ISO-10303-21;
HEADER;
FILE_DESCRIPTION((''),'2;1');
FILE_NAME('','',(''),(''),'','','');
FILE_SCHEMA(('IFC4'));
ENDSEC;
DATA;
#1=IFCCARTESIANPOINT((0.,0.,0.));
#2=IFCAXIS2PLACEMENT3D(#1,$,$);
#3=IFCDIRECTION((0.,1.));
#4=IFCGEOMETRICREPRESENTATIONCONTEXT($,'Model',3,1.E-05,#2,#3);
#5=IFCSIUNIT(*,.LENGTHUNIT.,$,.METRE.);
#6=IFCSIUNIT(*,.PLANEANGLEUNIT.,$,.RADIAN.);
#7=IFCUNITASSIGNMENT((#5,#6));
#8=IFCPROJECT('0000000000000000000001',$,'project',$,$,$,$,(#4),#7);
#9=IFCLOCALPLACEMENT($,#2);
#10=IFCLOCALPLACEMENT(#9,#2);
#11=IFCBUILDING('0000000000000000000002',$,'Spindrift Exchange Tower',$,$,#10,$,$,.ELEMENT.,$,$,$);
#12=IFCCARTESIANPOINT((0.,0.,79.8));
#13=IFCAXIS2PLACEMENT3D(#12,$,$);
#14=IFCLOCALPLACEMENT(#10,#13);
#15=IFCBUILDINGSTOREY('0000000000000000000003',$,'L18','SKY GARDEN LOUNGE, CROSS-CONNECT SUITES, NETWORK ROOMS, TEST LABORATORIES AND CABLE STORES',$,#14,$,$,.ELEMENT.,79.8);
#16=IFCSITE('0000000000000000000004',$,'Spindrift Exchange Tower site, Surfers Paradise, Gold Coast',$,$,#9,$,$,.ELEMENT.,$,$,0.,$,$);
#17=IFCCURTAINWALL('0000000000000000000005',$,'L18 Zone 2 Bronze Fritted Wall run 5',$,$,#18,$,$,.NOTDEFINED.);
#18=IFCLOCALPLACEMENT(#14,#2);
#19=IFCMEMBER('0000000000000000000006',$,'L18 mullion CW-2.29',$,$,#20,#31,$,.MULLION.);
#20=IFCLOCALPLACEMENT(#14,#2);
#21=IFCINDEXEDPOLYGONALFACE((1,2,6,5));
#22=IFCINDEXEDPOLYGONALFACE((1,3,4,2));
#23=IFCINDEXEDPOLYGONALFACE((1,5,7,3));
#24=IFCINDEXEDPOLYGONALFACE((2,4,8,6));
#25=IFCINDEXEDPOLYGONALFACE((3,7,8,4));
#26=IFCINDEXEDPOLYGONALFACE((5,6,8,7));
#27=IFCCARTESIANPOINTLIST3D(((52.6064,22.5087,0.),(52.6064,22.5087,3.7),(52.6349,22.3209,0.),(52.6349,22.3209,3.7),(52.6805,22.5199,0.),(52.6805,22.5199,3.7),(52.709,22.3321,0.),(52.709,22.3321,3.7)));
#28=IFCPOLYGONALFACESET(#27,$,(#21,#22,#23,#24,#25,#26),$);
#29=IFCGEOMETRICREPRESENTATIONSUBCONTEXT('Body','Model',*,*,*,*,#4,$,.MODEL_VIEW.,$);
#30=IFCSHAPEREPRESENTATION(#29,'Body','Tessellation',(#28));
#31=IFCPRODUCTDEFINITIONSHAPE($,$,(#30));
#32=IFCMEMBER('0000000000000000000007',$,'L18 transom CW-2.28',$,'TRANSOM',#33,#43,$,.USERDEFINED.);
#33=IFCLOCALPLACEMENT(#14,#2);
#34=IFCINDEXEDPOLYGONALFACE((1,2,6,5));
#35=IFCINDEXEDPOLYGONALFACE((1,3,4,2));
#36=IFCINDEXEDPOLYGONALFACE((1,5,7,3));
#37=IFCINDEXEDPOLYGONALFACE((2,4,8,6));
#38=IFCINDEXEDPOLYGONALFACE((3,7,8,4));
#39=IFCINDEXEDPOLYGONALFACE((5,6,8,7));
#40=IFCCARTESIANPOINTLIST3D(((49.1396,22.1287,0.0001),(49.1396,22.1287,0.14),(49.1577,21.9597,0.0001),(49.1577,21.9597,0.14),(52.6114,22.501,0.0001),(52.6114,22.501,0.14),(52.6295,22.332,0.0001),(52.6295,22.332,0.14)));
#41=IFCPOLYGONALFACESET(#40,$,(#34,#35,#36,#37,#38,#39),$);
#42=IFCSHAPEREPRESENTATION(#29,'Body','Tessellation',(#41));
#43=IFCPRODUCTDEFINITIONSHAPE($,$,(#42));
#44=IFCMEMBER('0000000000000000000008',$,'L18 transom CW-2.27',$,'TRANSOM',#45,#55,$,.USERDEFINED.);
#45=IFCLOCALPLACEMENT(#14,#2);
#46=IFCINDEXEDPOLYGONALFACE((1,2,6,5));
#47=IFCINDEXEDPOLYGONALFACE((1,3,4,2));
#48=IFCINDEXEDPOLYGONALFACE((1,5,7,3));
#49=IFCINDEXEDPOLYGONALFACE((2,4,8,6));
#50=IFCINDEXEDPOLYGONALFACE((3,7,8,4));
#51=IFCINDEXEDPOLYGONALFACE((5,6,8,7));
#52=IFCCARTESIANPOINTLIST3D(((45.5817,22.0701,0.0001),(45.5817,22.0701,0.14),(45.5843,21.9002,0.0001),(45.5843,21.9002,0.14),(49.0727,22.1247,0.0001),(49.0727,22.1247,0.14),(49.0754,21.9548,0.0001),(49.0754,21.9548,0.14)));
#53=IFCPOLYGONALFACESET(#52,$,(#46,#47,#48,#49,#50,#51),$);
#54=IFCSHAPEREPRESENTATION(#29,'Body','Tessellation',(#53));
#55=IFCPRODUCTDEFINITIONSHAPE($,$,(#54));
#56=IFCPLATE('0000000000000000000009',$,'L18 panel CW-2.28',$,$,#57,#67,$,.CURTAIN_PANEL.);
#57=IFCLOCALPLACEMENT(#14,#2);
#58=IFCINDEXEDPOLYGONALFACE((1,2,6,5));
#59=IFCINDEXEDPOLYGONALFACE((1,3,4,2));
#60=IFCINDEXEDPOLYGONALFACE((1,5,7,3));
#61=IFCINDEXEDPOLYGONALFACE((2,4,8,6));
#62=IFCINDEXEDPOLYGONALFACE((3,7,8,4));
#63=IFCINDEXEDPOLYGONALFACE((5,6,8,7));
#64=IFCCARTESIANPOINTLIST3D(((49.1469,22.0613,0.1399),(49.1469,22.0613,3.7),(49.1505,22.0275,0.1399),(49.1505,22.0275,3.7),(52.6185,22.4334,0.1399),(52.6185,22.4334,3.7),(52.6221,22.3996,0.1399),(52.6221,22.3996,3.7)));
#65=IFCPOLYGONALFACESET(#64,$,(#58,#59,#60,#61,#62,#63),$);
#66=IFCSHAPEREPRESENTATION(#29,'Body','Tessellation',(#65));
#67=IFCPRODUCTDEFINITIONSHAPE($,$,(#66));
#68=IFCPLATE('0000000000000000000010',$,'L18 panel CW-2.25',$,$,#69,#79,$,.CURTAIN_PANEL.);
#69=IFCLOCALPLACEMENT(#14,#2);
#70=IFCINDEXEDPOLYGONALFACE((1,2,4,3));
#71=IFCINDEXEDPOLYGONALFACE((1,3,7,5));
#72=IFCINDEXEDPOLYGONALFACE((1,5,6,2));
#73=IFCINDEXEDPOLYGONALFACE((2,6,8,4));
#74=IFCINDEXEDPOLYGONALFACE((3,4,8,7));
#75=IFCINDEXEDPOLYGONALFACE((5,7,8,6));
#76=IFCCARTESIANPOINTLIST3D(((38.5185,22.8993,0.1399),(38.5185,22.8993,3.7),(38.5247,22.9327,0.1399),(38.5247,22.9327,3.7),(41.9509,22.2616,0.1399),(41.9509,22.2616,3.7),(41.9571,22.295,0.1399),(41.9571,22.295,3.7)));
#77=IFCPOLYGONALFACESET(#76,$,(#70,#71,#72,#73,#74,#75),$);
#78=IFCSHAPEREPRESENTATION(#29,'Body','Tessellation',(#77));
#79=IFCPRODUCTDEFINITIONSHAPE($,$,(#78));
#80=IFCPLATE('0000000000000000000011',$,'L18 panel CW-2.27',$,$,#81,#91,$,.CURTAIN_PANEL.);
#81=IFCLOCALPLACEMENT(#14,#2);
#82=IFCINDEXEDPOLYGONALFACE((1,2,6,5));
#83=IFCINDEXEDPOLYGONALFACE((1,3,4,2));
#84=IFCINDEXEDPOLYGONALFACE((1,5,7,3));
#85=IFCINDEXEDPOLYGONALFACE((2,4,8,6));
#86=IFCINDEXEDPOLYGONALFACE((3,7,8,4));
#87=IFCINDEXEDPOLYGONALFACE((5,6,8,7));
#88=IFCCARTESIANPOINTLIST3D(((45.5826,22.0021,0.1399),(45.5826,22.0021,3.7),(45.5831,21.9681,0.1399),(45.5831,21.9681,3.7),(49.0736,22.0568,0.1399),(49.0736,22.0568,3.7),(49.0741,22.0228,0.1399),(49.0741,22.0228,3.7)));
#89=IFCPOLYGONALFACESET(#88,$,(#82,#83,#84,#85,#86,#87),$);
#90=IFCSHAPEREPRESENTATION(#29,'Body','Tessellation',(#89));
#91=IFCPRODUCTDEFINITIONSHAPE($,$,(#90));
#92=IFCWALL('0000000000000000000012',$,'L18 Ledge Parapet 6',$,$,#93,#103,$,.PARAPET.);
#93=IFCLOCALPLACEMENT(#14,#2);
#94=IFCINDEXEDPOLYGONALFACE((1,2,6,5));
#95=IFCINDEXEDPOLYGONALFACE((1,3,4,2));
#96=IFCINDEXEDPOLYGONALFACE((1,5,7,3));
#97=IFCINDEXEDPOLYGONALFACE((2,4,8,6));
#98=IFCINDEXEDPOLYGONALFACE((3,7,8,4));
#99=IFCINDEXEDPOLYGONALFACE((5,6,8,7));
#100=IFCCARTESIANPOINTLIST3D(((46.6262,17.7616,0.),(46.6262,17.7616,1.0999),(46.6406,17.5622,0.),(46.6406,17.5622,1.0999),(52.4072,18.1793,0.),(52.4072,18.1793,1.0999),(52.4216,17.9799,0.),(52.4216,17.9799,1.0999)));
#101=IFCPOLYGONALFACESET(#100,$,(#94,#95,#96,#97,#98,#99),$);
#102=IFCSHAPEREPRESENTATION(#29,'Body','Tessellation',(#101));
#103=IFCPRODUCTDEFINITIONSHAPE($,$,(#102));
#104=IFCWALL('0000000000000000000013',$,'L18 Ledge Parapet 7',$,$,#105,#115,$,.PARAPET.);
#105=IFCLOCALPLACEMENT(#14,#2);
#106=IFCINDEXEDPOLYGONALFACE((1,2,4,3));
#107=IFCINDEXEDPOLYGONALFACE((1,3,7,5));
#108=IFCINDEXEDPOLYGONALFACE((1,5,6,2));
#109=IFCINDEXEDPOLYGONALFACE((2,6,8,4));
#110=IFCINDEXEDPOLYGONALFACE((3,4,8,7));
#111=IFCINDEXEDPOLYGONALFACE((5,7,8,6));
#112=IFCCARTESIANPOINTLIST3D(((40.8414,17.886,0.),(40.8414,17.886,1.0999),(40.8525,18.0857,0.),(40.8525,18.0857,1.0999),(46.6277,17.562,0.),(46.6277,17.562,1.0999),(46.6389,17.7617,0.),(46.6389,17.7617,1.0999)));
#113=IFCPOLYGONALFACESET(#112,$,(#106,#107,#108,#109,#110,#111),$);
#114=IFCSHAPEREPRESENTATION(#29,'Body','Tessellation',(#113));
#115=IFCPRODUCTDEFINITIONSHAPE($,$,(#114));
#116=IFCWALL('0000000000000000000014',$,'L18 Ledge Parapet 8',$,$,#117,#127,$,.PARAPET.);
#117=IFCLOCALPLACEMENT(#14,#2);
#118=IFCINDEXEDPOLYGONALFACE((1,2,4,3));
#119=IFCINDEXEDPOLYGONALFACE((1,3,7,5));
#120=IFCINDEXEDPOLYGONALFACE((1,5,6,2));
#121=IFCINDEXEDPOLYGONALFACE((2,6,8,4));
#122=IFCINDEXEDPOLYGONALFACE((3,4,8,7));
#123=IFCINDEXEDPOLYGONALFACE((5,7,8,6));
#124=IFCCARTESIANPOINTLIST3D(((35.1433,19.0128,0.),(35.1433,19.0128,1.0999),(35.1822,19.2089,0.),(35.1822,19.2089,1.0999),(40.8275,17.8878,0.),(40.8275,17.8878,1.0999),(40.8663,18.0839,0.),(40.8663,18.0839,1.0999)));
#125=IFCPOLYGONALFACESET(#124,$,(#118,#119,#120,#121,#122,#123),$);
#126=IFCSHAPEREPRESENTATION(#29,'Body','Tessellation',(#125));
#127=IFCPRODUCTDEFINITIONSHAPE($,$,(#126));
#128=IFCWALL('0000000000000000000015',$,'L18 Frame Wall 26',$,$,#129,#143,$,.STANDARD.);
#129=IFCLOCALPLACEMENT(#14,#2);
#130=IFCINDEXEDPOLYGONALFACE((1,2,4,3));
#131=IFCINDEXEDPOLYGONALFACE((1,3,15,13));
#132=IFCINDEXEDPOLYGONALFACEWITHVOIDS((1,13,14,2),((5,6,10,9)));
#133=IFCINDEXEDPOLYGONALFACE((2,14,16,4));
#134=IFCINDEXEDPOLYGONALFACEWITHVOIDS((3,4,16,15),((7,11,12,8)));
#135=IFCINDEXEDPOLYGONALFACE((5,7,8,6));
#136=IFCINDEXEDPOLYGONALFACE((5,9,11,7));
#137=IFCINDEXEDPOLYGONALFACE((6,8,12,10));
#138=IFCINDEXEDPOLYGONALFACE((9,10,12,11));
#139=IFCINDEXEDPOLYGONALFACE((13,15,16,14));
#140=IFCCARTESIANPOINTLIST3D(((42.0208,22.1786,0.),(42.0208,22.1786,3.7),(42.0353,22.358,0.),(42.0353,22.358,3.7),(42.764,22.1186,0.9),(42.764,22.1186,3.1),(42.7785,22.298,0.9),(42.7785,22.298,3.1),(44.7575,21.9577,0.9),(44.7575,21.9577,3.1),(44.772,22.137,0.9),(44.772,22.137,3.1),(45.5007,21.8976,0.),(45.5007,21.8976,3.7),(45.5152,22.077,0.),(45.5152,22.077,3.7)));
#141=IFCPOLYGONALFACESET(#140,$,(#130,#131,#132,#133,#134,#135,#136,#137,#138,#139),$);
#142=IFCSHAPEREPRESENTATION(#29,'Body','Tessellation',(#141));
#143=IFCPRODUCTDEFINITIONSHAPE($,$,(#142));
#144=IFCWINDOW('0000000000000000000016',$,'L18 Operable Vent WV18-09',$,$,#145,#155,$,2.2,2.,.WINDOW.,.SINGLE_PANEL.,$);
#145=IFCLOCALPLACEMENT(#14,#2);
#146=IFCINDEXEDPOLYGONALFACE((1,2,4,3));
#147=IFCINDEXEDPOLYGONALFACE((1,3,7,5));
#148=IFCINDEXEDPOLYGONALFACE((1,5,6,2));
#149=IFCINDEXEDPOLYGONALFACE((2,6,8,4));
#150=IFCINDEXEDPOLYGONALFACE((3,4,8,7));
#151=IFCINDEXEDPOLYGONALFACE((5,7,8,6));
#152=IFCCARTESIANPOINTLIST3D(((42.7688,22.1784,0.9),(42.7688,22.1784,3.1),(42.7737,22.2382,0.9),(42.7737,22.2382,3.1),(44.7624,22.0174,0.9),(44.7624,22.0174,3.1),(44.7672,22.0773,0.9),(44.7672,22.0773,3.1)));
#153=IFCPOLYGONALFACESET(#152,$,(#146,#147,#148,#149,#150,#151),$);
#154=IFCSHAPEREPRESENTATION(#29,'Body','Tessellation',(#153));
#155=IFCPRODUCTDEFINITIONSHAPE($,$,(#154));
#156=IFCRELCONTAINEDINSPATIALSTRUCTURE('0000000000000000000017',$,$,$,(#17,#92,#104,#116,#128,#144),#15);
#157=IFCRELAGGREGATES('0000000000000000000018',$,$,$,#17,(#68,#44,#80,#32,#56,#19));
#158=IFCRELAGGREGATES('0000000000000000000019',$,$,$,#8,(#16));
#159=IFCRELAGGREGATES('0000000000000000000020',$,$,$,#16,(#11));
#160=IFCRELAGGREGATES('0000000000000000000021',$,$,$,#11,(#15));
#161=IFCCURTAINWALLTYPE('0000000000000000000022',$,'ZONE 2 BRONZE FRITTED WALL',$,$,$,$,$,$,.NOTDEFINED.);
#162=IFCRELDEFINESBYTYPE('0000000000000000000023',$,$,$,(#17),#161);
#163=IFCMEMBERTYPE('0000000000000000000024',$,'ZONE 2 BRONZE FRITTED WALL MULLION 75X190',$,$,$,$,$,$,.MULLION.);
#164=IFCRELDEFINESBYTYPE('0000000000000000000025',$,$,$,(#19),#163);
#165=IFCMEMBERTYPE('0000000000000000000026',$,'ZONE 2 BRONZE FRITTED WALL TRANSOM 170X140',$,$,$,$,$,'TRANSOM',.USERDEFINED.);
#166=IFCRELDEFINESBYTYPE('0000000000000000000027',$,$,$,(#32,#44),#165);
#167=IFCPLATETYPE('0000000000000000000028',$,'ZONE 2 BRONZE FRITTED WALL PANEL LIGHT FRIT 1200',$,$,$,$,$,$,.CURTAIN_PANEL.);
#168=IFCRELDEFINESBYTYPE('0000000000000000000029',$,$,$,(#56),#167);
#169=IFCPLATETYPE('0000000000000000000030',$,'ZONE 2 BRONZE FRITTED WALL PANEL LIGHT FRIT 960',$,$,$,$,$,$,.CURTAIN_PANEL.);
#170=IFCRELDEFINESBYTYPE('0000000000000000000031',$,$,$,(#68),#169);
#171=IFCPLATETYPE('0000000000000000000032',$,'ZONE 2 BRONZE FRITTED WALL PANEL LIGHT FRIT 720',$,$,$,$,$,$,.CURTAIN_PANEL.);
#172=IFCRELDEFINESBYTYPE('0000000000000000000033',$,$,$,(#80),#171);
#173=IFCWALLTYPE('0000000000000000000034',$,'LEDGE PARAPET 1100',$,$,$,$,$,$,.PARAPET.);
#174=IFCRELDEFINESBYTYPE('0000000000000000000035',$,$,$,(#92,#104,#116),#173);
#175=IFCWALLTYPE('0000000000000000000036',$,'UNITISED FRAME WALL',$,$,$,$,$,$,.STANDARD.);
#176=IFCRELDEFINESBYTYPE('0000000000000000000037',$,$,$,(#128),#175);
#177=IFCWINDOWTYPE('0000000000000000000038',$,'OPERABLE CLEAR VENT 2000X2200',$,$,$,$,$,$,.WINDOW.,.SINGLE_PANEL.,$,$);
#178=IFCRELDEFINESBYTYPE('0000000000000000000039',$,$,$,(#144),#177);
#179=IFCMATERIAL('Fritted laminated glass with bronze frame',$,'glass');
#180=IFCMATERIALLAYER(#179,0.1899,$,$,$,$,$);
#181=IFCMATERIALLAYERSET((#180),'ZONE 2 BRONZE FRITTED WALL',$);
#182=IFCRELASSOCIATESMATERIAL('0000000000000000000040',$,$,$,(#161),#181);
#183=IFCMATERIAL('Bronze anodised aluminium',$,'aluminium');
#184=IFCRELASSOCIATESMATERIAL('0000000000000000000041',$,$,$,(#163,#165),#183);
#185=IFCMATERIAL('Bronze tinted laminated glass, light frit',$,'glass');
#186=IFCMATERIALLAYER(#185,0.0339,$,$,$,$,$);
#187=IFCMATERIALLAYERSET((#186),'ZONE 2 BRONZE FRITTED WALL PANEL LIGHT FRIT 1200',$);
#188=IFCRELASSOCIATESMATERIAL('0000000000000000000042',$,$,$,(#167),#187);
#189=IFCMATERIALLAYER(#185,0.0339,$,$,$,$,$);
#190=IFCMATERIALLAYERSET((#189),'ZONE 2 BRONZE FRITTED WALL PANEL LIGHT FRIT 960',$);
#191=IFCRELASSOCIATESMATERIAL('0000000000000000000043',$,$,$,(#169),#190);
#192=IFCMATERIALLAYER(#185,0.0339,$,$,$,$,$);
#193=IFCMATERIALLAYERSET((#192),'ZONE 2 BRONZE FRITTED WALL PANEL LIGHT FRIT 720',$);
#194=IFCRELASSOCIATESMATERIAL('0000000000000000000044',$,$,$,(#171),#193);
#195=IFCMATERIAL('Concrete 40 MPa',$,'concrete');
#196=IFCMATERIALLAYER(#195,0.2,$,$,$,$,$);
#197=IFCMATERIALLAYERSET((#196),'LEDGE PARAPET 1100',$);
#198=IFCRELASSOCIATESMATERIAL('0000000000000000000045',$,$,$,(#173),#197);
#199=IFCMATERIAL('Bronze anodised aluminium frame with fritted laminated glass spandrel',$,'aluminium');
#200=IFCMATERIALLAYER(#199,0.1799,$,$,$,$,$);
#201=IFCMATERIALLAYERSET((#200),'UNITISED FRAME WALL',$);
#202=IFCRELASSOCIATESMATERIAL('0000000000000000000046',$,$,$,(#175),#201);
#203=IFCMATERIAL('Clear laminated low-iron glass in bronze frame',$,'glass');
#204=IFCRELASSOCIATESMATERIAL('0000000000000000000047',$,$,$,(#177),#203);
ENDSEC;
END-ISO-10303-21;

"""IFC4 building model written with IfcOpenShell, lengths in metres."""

from ifc_helpers import new_model, si_unit, direction, frame, frame_2d, origin, origin_2d, place, context, subcontext, project, spatial, rectangle, extrude, source, transform, mapped, material, layer, layer_set, material_profile, profile_set, type_object, element, fill, aggregate, save


model = new_model("IFC4")

# Units and contexts
model_context = context("Model", 3, precision=1e-05, world=origin(), true_north=direction((0.0, 1.0)))
body_context = subcontext(model_context, "Body", "Model", "MODEL_VIEW")
ifc_project = project(units=[si_unit("LENGTHUNIT", "METRE"), si_unit("PLANEANGLEUNIT", "RADIAN")], contexts=[model_context])

# Site, building, storey
site_placement = place(None, origin())
site = spatial("IfcSite", under=ifc_project, at=site_placement, Name="Spindrift Exchange Tower site, Surfers Paradise, Gold Coast", CompositionType="ELEMENT", RefElevation=0.0)
building_placement = place(site_placement, origin())
building = spatial("IfcBuilding", under=site, at=building_placement, Name="Spindrift Exchange Tower", CompositionType="ELEMENT")
storey_placement = place(building_placement, frame((0.0, 0.0, 79.8)))
storey = spatial("IfcBuildingStorey", under=building, at=storey_placement, Name="L18", Description="SKY GARDEN LOUNGE, CROSS-CONNECT SUITES, NETWORK ROOMS, TEST LABORATORIES AND CABLE STORES", CompositionType="ELEMENT", Elevation=79.8)

# Curtain wall, members, plates
ifc_material_1 = material(Name="Fritted laminated glass with bronze frame", Category="glass")
ifc_layer_1 = layer(ifc_material_1, 0.1899)
ifc_layer_set_1 = layer_set([ifc_layer_1], Name="ZONE 2 BRONZE FRITTED WALL")
curtain_wall_type = type_object("IfcCurtainWallType", Name="ZONE 2 BRONZE FRITTED WALL", PredefinedType="NOTDEFINED", material=ifc_layer_set_1)
curtain_wall_placement = place(storey_placement, origin())
curtain_wall = element("IfcCurtainWall", 1, at=curtain_wall_placement, inside=storey, type_object=curtain_wall_type, Name="L18 Zone 2 Bronze Fritted Wall run 5", PredefinedType="NOTDEFINED")
ifc_material_2 = material(Name="Bronze anodised aluminium", Category="aluminium")
ifc_material_profile_1 = material_profile(ifc_material_2, rectangle(XDim=0.075, YDim=0.1899, at=origin_2d()), Name="ZONE 2 BRONZE FRITTED WALL MULLION 75X190")
ifc_profile_set_1 = profile_set([ifc_material_profile_1], Name="Bronze anodised aluminium")
member_type_1 = type_object("IfcMemberType", Name="ZONE 2 BRONZE FRITTED WALL MULLION 75X190", PredefinedType="MULLION", material=ifc_profile_set_1)
shared_shape_1 = source(origin(), body_context, "Body", "SweptSolid", [
    extrude(rectangle(XDim=0.075, YDim=0.1899, at=origin_2d()), origin(), (0.0, 0.0, 1.0), 3.7),
])
member_1_placement = place(storey_placement, frame((52.6577, 22.4204, 0.0), z_axis=(0.0, 0.0, 1.0), x_axis=(0.988692, 0.149963, 0.0)))
member_1 = element("IfcMember", 2, at=member_1_placement, type_object=member_type_1, Name="L18 mullion CW-2.29", PredefinedType="MULLION", context=body_context, shape_type="MappedRepresentation", body=[
    mapped(shared_shape_1, transform((0.0, 0.0, 0.0), scale=1.0)),
])
ifc_material_profile_2 = material_profile(ifc_material_2, rectangle(XDim=0.1699, YDim=0.1399, at=origin_2d()), Name="ZONE 2 BRONZE FRITTED WALL TRANSOM 170X140")
ifc_profile_set_2 = profile_set([ifc_material_profile_2], Name="Bronze anodised aluminium")
member_type_2 = type_object("IfcMemberType", Name="ZONE 2 BRONZE FRITTED WALL TRANSOM 170X140", ElementType="TRANSOM", PredefinedType="USERDEFINED", material=ifc_profile_set_2)
shared_shape_2 = source(origin(), body_context, "Body", "SweptSolid", [
    extrude(rectangle(XDim=0.1699, YDim=0.1399, at=origin_2d()), origin(), (0.0, 0.0, 1.0), 3.4917),
])
member_2_placement = place(storey_placement, frame((49.1487, 22.0442, 0.0701), z_axis=(0.994299, 0.106632, 0.0), x_axis=(-0.106632, 0.994299, 0.0)))
member_2 = element("IfcMember", 3, at=member_2_placement, type_object=member_type_2, Name="L18 transom CW-2.28", ObjectType="TRANSOM", PredefinedType="USERDEFINED", context=body_context, shape_type="MappedRepresentation", body=[
    mapped(shared_shape_2, transform((0.0, 0.0, 0.0), scale=1.0)),
])
shared_shape_3 = source(origin(), body_context, "Body", "SweptSolid", [
    extrude(rectangle(XDim=0.1699, YDim=0.1399, at=origin_2d()), origin(), (0.0, 0.0, 1.0), 3.4915),
])
member_3_placement = place(storey_placement, frame((45.583, 21.9851, 0.0701), z_axis=(0.999877, 0.015664, 0.0), x_axis=(-0.015664, 0.999877, 0.0)))
member_3 = element("IfcMember", 4, at=member_3_placement, type_object=member_type_2, Name="L18 transom CW-2.27", ObjectType="TRANSOM", PredefinedType="USERDEFINED", context=body_context, shape_type="MappedRepresentation", body=[
    mapped(shared_shape_3, transform((0.0, 0.0, 0.0), scale=1.0)),
])
ifc_material_3 = material(Name="Bronze tinted laminated glass, light frit", Category="glass")
ifc_layer_2 = layer(ifc_material_3, 0.0339)
ifc_layer_set_2 = layer_set([ifc_layer_2], Name="ZONE 2 BRONZE FRITTED WALL PANEL LIGHT FRIT 1200")
plate_type_1 = type_object("IfcPlateType", Name="ZONE 2 BRONZE FRITTED WALL PANEL LIGHT FRIT 1200", PredefinedType="CURTAIN_PANEL", material=ifc_layer_set_2)
shared_shape_4 = source(origin(), body_context, "Body", "SweptSolid", [
    extrude(rectangle(XDim=3.4915, YDim=0.0339, at=origin_2d()), origin(), (0.0, 0.0, 1.0), 3.5601),
])
plate_1_placement = place(storey_placement, frame((50.8845, 22.2305, 0.1399), z_axis=(0.0, 0.0, 1.0), x_axis=(0.994305, 0.106575, 0.0)))
plate_1 = element("IfcPlate", 5, at=plate_1_placement, type_object=plate_type_1, Name="L18 panel CW-2.28", PredefinedType="CURTAIN_PANEL", context=body_context, shape_type="MappedRepresentation", body=[
    mapped(shared_shape_4, transform((0.0, 0.0, 0.0), scale=1.0)),
])
ifc_layer_3 = layer(ifc_material_3, 0.0339)
ifc_layer_set_3 = layer_set([ifc_layer_3], Name="ZONE 2 BRONZE FRITTED WALL PANEL LIGHT FRIT 960")
plate_type_2 = type_object("IfcPlateType", Name="ZONE 2 BRONZE FRITTED WALL PANEL LIGHT FRIT 960", PredefinedType="CURTAIN_PANEL", material=ifc_layer_set_3)
shared_shape_5 = source(origin(), body_context, "Body", "SweptSolid", [
    extrude(rectangle(XDim=3.4912, YDim=0.0339, at=origin_2d()), origin(), (0.0, 0.0, 1.0), 3.5601),
])
plate_2_placement = place(storey_placement, frame((40.2378, 22.5972, 0.1399), z_axis=(0.0, 0.0, 1.0), x_axis=(0.983175, -0.182665, 0.0)))
plate_2 = element("IfcPlate", 6, at=plate_2_placement, type_object=plate_type_2, Name="L18 panel CW-2.25", PredefinedType="CURTAIN_PANEL", context=body_context, shape_type="MappedRepresentation", body=[
    mapped(shared_shape_5, transform((0.0, 0.0, 0.0), scale=1.0)),
])
ifc_layer_4 = layer(ifc_material_3, 0.0339)
ifc_layer_set_4 = layer_set([ifc_layer_4], Name="ZONE 2 BRONZE FRITTED WALL PANEL LIGHT FRIT 720")
plate_type_3 = type_object("IfcPlateType", Name="ZONE 2 BRONZE FRITTED WALL PANEL LIGHT FRIT 720", PredefinedType="CURTAIN_PANEL", material=ifc_layer_set_4)
shared_shape_6 = source(origin(), body_context, "Body", "SweptSolid", [
    extrude(rectangle(XDim=3.4915, YDim=0.0339, at=origin_2d()), origin(), (0.0, 0.0, 1.0), 3.5601),
])
plate_3_placement = place(storey_placement, frame((47.3284, 22.0125, 0.1399), z_axis=(0.0, 0.0, 1.0), x_axis=(0.999877, 0.015674, 0.0)))
plate_3 = element("IfcPlate", 7, at=plate_3_placement, type_object=plate_type_3, Name="L18 panel CW-2.27", PredefinedType="CURTAIN_PANEL", context=body_context, shape_type="MappedRepresentation", body=[
    mapped(shared_shape_6, transform((0.0, 0.0, 0.0), scale=1.0)),
])
aggregate(curtain_wall, [plate_2, member_3, plate_3, member_2, plate_1, member_1])

# Walls
ifc_material_4 = material(Name="Concrete 40 MPa", Category="concrete")
ifc_layer_5 = layer(ifc_material_4, 0.2)
ifc_layer_set_5 = layer_set([ifc_layer_5], Name="LEDGE PARAPET 1100")
wall_type_1 = type_object("IfcWallType", Name="LEDGE PARAPET 1100", PredefinedType="PARAPET", material=ifc_layer_set_5)
wall_1_placement = place(storey_placement, frame((52.4143, 18.0796, 0.0), z_axis=(0.0, 0.0, 1.0), x_axis=(-0.9974, -0.07207, 0.0)))
element("IfcWall", 8, at=wall_1_placement, inside=storey, type_object=wall_type_1, Name="L18 Ledge Parapet 6", PredefinedType="PARAPET", context=body_context, shape_type="SweptSolid", body=[
    extrude(rectangle(XDim=5.7961, YDim=0.2, at=frame_2d((2.8979, 0.0))), origin(), (0.0, 0.0, 1.0), 1.0999),
])
wall_2_placement = place(storey_placement, frame((46.6333, 17.6619, 0.0), z_axis=(0.0, 0.0, 1.0), x_axis=(-0.998436, 0.055902, 0.0)))
element("IfcWall", 9, at=wall_2_placement, inside=storey, type_object=wall_type_1, Name="L18 Ledge Parapet 7", PredefinedType="PARAPET", context=body_context, shape_type="SweptSolid", body=[
    extrude(rectangle(XDim=5.7954, YDim=0.2, at=frame_2d((2.8977, 0.0))), origin(), (0.0, 0.0, 1.0), 1.0999),
])
wall_3_placement = place(storey_placement, frame((40.8469, 17.9858, 0.0), z_axis=(0.0, 0.0, 1.0), x_axis=(-0.980971, 0.194155, 0.0)))
element("IfcWall", 10, at=wall_3_placement, inside=storey, type_object=wall_type_1, Name="L18 Ledge Parapet 8", PredefinedType="PARAPET", context=body_context, shape_type="SweptSolid", body=[
    extrude(rectangle(XDim=5.7944, YDim=0.2, at=frame_2d((2.8972, 0.0))), origin(), (0.0, 0.0, 1.0), 1.0999),
])

# Wall, opening, window
ifc_material_5 = material(Name="Bronze anodised aluminium frame with fritted laminated glass spandrel", Category="aluminium")
ifc_layer_6 = layer(ifc_material_5, 0.1799)
ifc_layer_set_6 = layer_set([ifc_layer_6], Name="UNITISED FRAME WALL")
wall_type_2 = type_object("IfcWallType", Name="UNITISED FRAME WALL", PredefinedType="STANDARD", material=ifc_layer_set_6)
wall_4_placement = place(storey_placement, frame((42.0281, 22.2683, 0.0), z_axis=(0.0, 0.0, 1.0), x_axis=(0.996756, -0.080487, 0.0)))
wall_4 = element("IfcWall", 11, at=wall_4_placement, inside=storey, type_object=wall_type_2, Name="L18 Frame Wall 26", PredefinedType="STANDARD", context=body_context, shape_type="SweptSolid", body=[
    extrude(rectangle(XDim=3.4912, YDim=0.1799, at=frame_2d((1.7456, 0.0))), origin(), (0.0, 0.0, 1.0), 3.7),
])
opening_1_placement = place(wall_4_placement, frame((0.7456, 0.0, 0.8999)))
opening_1 = element("IfcOpeningElement", 12, at=opening_1_placement, cuts=wall_4, PredefinedType="OPENING", context=body_context, shape_type="SweptSolid", body=[
    extrude(rectangle(XDim=2.0, YDim=2.2, at=frame_2d((1.0, 1.1001))), frame((0.0, 0.0999, 0.0), z_axis=(0.0, -1.0, 0.0), x_axis=(1.0, 0.0, 0.0)), (0.0, 0.0, 1.0), 0.2),
])
ifc_material_6 = material(Name="Clear laminated low-iron glass in bronze frame", Category="glass")
window_type = type_object("IfcWindowType", Name="OPERABLE CLEAR VENT 2000X2200", PartitioningType="SINGLE_PANEL", PredefinedType="WINDOW", material=ifc_material_6)
shared_shape_7 = source(origin(), body_context, "Body", "SweptSolid", [
    extrude(rectangle(XDim=2.0, YDim=2.2, at=frame_2d((1.0, 1.1001))), frame((0.0, 0.03, 0.0), z_axis=(0.0, -1.0, 0.0), x_axis=(1.0, 0.0, 0.0)), (0.0, 0.0, 1.0), 0.0601),
])
window_1_placement = place(opening_1_placement, origin())
window_1 = element("IfcWindow", 13, at=window_1_placement, inside=storey, type_object=window_type, Name="L18 Operable Vent WV18-09", OverallHeight=2.2, OverallWidth=2.0, PartitioningType="SINGLE_PANEL", PredefinedType="WINDOW", context=body_context, shape_type="MappedRepresentation", body=[
    mapped(shared_shape_7, transform((0.0, 0.0, 0.0), scale=1.0)),
])
fill(opening_1, window_1)

save(model, "model.ifc")
